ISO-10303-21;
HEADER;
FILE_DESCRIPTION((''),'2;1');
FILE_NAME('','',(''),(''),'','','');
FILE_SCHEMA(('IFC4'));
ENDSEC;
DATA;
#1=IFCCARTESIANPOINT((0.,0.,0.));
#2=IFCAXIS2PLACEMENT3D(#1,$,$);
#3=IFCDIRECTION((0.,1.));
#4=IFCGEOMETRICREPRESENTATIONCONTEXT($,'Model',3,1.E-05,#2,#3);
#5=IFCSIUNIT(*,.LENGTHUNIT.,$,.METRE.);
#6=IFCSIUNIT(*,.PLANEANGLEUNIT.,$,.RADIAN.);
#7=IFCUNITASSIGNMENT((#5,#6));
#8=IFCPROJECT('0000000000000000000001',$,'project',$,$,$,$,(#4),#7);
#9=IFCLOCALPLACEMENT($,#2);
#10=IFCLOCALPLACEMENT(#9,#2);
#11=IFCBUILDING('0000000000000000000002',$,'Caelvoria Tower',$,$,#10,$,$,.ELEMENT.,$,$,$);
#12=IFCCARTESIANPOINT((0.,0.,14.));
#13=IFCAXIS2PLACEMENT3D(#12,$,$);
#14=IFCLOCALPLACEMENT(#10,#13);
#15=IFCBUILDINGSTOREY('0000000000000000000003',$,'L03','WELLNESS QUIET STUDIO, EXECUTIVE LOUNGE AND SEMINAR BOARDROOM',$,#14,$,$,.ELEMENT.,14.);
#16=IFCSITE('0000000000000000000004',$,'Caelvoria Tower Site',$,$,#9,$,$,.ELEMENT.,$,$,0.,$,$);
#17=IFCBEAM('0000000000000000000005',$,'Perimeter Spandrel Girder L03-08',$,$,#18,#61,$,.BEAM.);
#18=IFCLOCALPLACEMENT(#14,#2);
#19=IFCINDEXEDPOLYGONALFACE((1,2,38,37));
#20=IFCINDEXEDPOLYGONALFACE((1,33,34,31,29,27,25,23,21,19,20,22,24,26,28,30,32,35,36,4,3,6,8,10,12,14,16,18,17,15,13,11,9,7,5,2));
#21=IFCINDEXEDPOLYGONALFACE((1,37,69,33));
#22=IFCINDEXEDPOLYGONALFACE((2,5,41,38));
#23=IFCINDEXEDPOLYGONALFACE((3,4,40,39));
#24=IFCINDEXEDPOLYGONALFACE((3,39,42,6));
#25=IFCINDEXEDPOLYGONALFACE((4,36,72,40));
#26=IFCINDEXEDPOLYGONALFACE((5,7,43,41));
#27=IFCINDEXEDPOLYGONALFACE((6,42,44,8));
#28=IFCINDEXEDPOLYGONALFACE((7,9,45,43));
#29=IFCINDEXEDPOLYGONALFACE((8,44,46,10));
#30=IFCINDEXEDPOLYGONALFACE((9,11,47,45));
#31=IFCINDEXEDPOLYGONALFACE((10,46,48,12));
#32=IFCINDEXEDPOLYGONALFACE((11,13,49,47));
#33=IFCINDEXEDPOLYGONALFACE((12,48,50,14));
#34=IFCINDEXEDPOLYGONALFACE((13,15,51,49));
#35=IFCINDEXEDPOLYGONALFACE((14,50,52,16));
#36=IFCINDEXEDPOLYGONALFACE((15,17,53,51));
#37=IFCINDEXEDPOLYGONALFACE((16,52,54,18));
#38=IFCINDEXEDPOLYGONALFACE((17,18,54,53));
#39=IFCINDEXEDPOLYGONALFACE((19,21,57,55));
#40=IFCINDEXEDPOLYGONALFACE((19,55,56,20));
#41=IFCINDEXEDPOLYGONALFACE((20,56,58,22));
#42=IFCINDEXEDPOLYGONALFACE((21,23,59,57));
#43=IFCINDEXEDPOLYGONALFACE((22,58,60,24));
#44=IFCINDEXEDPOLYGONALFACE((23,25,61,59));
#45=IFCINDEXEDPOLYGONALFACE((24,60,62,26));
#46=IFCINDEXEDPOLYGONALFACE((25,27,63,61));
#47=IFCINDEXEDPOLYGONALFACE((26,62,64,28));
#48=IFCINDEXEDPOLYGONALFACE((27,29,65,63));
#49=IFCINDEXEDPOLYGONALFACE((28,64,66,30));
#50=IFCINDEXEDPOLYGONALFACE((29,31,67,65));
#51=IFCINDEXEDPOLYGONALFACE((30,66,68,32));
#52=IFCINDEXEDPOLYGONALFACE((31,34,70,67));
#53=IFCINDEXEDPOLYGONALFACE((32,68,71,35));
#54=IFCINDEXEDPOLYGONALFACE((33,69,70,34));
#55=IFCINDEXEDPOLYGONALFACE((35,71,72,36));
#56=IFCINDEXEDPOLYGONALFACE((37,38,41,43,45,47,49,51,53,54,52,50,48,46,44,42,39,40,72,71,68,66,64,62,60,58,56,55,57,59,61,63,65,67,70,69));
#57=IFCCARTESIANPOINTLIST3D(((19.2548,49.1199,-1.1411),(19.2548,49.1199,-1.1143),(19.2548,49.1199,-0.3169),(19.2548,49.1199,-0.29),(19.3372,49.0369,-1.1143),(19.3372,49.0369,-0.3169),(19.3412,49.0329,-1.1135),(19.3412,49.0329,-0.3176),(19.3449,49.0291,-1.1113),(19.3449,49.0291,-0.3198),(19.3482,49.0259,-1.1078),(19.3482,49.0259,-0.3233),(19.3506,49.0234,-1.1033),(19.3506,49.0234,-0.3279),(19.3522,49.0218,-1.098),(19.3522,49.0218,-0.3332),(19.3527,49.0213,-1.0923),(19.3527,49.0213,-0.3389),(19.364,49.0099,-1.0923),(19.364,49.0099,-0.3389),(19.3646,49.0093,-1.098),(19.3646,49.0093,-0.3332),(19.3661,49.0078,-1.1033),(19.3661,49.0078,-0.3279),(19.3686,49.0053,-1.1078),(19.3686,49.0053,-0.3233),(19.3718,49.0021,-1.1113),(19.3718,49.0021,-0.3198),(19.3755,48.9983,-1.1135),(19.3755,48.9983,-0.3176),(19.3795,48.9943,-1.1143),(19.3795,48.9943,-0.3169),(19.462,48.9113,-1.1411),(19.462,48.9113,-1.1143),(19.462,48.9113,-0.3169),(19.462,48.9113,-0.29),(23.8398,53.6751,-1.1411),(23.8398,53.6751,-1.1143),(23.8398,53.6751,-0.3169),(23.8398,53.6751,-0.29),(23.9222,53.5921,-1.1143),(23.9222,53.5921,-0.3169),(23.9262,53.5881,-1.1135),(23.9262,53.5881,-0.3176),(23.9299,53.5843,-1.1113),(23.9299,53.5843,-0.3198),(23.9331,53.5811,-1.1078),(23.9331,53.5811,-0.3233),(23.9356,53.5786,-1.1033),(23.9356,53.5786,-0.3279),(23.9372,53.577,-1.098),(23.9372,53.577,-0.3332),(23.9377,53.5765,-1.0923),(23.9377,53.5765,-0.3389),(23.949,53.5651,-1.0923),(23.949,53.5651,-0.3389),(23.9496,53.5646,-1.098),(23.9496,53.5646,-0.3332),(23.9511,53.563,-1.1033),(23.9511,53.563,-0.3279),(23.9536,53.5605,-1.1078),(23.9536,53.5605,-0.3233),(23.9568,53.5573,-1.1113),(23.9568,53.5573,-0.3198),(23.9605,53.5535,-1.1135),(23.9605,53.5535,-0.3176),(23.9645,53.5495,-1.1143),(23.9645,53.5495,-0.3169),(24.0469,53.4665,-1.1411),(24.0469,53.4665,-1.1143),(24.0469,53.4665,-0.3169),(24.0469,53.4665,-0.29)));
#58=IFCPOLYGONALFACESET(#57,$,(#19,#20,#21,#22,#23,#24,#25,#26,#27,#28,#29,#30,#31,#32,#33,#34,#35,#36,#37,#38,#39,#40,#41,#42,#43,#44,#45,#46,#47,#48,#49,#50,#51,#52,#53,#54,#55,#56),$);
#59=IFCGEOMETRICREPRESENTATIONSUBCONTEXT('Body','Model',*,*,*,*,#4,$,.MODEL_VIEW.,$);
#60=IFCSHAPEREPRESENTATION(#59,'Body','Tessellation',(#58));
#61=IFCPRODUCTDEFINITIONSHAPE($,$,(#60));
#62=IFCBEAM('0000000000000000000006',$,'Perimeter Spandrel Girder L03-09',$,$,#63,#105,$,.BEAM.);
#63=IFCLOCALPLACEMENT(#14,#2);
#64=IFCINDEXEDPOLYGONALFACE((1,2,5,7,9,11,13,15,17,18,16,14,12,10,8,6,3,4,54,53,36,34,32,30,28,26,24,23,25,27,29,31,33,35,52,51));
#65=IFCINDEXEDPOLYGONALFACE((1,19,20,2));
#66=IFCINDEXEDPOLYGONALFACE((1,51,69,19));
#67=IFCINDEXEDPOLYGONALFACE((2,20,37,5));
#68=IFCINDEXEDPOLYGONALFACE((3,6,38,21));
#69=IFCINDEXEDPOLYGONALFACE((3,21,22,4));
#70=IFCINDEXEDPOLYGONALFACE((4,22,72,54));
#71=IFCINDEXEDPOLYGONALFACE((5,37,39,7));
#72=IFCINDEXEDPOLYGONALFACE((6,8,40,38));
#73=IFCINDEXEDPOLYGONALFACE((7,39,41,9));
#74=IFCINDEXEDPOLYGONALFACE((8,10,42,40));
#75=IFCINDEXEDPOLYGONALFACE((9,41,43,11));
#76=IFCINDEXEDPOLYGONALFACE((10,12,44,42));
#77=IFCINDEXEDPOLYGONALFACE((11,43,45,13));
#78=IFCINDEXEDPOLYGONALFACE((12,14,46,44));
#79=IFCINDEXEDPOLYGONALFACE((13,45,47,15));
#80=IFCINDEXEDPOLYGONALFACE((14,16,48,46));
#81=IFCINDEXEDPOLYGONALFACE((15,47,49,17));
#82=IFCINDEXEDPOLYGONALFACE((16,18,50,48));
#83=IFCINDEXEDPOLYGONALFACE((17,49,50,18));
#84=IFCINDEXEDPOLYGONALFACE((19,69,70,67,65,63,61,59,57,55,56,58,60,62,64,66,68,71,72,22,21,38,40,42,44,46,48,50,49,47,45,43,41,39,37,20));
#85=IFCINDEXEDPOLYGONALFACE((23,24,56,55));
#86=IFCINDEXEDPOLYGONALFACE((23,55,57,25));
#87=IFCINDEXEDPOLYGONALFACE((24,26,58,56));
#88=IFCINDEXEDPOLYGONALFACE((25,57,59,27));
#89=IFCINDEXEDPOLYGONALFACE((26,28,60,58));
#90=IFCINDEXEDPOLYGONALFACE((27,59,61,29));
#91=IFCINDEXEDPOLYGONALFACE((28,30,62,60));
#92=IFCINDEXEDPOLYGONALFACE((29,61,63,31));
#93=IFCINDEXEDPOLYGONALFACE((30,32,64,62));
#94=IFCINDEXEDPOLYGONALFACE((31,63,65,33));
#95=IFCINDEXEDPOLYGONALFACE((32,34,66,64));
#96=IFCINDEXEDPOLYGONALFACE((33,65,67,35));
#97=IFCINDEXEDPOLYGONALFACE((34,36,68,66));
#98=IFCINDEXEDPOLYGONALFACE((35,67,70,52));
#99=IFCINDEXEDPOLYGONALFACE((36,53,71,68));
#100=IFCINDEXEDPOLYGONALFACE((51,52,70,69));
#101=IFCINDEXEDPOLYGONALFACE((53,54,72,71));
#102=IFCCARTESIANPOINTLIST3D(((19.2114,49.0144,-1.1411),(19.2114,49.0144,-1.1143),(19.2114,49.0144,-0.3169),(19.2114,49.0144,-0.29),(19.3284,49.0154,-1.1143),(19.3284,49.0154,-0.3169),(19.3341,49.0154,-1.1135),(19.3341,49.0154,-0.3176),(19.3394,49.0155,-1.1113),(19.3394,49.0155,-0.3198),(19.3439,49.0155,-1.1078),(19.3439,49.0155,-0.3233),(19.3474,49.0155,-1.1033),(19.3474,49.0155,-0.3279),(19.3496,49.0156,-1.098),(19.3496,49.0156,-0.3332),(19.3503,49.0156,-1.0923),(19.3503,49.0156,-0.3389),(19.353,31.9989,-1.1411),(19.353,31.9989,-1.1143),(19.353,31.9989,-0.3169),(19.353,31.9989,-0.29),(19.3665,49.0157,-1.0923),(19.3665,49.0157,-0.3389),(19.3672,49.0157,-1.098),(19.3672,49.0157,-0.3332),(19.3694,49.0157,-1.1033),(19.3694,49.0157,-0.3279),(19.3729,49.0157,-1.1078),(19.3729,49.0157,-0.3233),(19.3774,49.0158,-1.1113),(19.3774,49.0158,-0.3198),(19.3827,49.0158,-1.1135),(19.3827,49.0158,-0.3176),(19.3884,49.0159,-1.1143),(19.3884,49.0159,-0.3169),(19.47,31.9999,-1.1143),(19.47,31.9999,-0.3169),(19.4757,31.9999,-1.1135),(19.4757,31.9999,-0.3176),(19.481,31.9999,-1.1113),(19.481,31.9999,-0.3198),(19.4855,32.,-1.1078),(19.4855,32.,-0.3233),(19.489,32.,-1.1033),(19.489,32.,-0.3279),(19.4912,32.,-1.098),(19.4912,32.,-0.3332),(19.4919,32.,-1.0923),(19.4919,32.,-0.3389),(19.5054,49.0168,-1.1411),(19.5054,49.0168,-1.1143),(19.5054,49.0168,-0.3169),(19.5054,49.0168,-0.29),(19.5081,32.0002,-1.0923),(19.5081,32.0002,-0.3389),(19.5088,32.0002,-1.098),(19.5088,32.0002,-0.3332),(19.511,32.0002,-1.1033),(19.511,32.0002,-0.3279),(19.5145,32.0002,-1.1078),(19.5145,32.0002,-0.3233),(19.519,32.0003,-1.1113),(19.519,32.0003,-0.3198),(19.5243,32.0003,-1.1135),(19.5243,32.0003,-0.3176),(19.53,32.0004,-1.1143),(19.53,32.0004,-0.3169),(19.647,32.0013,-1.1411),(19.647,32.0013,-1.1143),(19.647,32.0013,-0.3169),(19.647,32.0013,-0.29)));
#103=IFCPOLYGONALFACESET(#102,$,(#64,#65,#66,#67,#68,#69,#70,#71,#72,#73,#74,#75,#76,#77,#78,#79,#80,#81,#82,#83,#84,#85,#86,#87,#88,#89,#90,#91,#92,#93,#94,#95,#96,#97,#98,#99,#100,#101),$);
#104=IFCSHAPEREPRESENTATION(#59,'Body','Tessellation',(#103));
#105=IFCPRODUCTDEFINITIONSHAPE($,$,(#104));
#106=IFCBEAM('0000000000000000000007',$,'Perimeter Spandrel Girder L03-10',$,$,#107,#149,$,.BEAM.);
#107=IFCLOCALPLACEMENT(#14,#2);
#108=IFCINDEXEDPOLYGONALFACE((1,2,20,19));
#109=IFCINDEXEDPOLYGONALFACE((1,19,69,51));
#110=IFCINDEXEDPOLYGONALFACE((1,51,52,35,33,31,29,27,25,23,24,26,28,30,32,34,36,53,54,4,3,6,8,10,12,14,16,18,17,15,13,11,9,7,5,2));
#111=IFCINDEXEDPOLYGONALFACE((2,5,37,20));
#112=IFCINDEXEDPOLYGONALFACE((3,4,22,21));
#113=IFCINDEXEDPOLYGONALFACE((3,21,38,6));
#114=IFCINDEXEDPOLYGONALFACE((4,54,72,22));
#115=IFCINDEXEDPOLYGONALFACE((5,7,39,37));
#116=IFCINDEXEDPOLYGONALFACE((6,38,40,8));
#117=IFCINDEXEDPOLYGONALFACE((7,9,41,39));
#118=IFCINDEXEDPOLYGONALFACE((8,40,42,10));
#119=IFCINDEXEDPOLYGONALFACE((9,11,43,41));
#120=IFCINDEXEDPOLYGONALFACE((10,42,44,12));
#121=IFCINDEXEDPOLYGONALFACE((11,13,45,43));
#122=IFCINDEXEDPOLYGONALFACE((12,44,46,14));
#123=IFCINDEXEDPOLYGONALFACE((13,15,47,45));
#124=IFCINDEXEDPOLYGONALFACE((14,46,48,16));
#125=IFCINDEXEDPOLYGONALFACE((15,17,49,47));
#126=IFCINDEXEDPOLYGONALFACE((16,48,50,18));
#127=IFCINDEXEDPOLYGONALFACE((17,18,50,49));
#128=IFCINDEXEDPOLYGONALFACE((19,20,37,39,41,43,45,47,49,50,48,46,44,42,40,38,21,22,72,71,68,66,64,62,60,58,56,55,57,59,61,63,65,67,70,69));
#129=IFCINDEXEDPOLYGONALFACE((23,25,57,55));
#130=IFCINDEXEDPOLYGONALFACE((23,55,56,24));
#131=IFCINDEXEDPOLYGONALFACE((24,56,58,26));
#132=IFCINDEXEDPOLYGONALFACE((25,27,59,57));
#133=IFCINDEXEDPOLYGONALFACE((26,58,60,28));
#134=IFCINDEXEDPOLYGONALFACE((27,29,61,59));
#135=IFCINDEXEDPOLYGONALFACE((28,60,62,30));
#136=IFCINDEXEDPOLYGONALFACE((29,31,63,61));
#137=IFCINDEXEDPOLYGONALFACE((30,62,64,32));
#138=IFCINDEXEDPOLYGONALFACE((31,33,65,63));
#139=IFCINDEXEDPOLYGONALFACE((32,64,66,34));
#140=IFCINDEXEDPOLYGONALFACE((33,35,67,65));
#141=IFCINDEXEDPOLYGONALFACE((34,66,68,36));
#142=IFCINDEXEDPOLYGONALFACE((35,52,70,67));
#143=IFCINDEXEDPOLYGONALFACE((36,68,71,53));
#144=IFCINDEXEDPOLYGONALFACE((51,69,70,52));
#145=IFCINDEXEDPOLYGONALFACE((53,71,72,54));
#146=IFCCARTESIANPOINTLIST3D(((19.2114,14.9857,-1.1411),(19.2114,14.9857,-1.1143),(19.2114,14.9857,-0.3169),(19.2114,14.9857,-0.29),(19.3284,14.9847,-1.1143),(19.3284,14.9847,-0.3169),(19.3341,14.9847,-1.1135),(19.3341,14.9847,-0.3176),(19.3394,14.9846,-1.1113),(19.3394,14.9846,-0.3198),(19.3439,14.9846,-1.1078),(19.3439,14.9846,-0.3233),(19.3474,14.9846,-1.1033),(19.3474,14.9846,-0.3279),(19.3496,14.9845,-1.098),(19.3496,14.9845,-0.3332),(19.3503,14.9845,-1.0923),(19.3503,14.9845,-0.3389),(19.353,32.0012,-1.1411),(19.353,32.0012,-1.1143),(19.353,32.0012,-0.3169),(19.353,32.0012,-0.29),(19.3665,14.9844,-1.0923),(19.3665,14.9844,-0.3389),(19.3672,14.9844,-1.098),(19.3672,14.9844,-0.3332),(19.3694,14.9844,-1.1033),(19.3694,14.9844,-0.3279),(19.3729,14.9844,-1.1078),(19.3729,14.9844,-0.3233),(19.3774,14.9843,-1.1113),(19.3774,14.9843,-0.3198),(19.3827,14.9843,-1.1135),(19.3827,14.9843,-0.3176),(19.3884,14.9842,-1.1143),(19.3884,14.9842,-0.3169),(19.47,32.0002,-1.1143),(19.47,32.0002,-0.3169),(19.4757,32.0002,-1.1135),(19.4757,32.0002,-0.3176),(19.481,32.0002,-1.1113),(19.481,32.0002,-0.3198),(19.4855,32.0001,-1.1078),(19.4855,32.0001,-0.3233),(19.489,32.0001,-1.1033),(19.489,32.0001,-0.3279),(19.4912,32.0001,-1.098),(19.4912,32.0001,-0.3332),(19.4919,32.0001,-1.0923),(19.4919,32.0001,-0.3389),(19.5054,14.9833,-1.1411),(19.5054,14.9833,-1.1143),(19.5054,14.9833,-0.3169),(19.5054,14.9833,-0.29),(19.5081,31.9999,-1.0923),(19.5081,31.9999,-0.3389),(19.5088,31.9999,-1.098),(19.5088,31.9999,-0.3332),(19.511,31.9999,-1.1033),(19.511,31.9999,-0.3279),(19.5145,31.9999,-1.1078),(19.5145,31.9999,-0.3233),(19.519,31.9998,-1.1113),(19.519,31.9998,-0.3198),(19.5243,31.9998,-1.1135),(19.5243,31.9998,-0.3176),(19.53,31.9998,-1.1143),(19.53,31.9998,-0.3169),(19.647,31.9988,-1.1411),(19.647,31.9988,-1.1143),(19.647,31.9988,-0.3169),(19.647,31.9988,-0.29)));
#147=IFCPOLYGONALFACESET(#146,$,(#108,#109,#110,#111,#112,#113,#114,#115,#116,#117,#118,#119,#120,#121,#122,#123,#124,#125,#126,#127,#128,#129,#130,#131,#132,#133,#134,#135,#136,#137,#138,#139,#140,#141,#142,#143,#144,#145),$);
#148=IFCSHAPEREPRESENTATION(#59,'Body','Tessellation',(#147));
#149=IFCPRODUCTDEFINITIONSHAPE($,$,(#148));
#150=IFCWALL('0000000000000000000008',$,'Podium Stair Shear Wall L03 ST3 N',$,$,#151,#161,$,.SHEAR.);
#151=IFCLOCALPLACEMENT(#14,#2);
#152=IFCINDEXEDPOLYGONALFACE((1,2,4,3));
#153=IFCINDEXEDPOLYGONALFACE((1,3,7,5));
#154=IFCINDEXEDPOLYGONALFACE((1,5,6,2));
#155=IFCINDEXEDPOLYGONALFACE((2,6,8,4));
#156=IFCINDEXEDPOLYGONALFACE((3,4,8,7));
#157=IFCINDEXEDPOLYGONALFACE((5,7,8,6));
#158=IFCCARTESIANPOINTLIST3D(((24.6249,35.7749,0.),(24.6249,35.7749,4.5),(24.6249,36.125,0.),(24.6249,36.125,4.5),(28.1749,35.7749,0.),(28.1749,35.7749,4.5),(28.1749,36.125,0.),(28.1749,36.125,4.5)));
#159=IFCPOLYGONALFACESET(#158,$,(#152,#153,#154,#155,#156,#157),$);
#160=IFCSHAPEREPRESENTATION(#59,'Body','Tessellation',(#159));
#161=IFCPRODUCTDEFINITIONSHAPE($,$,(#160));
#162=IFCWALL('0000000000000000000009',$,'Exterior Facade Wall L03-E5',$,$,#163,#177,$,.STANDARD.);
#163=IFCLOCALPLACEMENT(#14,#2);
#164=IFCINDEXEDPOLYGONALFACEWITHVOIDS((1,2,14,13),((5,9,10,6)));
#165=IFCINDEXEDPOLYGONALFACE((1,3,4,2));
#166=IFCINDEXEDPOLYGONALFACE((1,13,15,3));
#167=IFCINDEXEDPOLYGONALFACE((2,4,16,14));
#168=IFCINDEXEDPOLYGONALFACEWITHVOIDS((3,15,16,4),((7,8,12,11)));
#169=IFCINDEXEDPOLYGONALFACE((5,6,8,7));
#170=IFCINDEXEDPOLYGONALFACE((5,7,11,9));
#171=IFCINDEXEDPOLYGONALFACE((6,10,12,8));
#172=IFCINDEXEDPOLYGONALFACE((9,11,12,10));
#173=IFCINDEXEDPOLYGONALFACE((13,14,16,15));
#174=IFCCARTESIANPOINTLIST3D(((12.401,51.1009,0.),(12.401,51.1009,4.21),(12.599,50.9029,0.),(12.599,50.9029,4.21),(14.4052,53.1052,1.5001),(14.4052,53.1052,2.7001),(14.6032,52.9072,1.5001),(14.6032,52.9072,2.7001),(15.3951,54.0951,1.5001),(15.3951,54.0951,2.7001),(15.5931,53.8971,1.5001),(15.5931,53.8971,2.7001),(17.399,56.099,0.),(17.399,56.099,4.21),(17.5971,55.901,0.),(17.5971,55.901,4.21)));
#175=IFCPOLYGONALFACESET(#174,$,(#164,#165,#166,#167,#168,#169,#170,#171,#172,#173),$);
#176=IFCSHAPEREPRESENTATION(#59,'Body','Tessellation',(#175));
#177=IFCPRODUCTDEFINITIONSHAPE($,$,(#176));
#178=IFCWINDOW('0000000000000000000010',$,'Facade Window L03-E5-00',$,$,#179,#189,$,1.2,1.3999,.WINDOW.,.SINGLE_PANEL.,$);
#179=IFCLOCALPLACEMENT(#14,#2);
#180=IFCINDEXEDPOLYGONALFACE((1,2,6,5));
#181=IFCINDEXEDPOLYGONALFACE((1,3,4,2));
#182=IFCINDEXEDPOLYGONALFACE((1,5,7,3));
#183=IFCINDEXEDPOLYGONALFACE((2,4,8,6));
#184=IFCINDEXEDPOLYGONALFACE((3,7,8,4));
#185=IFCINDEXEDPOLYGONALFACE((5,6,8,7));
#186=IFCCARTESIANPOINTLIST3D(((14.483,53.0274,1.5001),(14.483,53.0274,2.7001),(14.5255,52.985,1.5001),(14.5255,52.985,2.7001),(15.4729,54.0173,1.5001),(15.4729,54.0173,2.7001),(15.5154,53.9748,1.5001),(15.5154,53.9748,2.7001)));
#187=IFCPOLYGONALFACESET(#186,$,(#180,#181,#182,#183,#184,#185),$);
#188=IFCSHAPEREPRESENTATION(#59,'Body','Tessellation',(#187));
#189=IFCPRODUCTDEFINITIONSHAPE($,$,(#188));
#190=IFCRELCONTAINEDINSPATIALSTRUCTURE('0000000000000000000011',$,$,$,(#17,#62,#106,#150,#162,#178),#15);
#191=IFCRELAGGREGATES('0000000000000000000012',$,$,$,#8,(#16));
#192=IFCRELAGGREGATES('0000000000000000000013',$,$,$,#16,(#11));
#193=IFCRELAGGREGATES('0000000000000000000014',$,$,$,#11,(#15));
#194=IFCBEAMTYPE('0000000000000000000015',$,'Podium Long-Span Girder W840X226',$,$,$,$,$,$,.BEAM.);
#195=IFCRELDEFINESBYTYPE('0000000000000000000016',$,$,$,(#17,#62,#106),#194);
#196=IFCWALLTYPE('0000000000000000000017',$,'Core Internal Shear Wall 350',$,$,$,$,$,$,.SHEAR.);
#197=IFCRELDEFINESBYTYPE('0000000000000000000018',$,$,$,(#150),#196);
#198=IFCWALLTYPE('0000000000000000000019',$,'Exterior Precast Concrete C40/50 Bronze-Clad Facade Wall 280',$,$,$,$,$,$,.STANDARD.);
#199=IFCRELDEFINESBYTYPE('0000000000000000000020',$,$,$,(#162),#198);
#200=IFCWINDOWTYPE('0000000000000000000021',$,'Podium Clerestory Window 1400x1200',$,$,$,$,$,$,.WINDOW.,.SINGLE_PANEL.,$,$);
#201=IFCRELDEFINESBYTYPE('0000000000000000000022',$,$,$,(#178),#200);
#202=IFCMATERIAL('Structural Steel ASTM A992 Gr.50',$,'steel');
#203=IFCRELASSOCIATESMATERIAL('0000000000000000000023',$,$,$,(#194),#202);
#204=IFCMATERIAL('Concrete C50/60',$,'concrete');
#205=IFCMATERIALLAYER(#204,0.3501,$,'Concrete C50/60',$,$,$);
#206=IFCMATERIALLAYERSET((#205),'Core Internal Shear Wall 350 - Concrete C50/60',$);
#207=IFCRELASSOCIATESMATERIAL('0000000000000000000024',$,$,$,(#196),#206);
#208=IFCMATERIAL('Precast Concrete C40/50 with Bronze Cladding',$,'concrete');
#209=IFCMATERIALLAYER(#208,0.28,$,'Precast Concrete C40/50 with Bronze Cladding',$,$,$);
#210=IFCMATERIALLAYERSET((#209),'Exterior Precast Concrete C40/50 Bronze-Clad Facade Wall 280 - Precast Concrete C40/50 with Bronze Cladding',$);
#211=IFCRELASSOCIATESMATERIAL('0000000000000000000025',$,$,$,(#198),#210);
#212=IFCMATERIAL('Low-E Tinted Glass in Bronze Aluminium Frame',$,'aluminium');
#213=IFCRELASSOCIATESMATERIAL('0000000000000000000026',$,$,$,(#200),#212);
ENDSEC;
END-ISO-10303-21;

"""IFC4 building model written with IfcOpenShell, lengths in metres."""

from ifc_helpers import new_model, si_unit, direction, frame, frame_2d, origin, origin_2d, place, context, subcontext, project, spatial, rectangle, i_section, extrude, material, layer, layer_set, material_profile, profile_set, type_object, element, fill, save


model = new_model("IFC4")

# Units and contexts
model_context = context("Model", 3, precision=1e-05, world=origin(), true_north=direction((0.0, 1.0)))
body_context = subcontext(model_context, "Body", "Model", "MODEL_VIEW")
ifc_project = project(units=[si_unit("LENGTHUNIT", "METRE"), si_unit("PLANEANGLEUNIT", "RADIAN")], contexts=[model_context])

# Site, building, storey
site_placement = place(None, origin())
site = spatial("IfcSite", under=ifc_project, at=site_placement, Name="Caelvoria Tower Site", CompositionType="ELEMENT", RefElevation=0.0)
building_placement = place(site_placement, origin())
building = spatial("IfcBuilding", under=site, at=building_placement, Name="Caelvoria Tower", CompositionType="ELEMENT")
storey_placement = place(building_placement, frame((0.0, 0.0, 14.0)))
storey = spatial("IfcBuildingStorey", under=building, at=storey_placement, Name="L03", Description="WELLNESS QUIET STUDIO, EXECUTIVE LOUNGE AND SEMINAR BOARDROOM", CompositionType="ELEMENT", Elevation=14.0)

# Beams
ifc_material_1 = material(Name="Structural Steel ASTM A992 Gr.50", Category="steel")
ifc_material_profile_1 = material_profile(ifc_material_1, i_section(OverallWidth=0.2939, OverallDepth=0.8511, WebThickness=0.0161, FlangeThickness=0.0269, FilletRadius=0.022, at=origin_2d()), Name="Structural Steel ASTM A992 Gr.50")
ifc_profile_set_1 = profile_set([ifc_material_profile_1], Name="W840X226 - Structural Steel ASTM A992 Gr.50")
beam_type_1 = type_object("IfcBeamType", Name="Podium Long-Span Girder W840X226", PredefinedType="BEAM", material=ifc_profile_set_1)
beam_placement = place(storey_placement, frame((23.9434, 53.5708, -0.7156), z_axis=(-0.709407, -0.704799, 0.0), x_axis=(0.704799, -0.709407, 0.0)))
element("IfcBeam", 1, at=beam_placement, inside=storey, type_object=beam_type_1, Name="Perimeter Spandrel Girder L03-08", PredefinedType="BEAM", context=body_context, shape_type="SweptSolid", body=[
    extrude(i_section(OverallWidth=0.2939, OverallDepth=0.8511, WebThickness=0.0161, FlangeThickness=0.0269, FilletRadius=0.022, at=origin_2d()), origin(), (0.0, 0.0, 1.0), 6.4631),
])
for number, where, z_axis, x_axis, name in (
    (2, (19.3584, 49.0156, -0.7156), (0.008322, -0.999965, 0.0), (0.999965, 0.008322, 0.0), "Perimeter Spandrel Girder L03-09"),
    (3, (19.5, 32.0, -0.7156), (-0.008322, -0.999965, 0.0), (0.999965, -0.008322, 0.0), "Perimeter Spandrel Girder L03-10"),
):
    element("IfcBeam", number, at=place(storey_placement, frame(where, z_axis=z_axis, x_axis=x_axis)), inside=storey, type_object=beam_type_1, Name=name, PredefinedType="BEAM", context=body_context, shape_type="SweptSolid", body=[
        extrude(i_section(OverallWidth=0.2939, OverallDepth=0.8511, WebThickness=0.0161, FlangeThickness=0.0269, FilletRadius=0.022, at=origin_2d()), origin(), (0.0, 0.0, 1.0), 17.0161),
    ])

# Wall
ifc_material_2 = material(Name="Concrete C50/60", Category="concrete")
ifc_layer_1 = layer(ifc_material_2, 0.3501, Name="Concrete C50/60")
ifc_layer_set_1 = layer_set([ifc_layer_1], Name="Core Internal Shear Wall 350 - Concrete C50/60")
wall_type_1 = type_object("IfcWallType", Name="Core Internal Shear Wall 350", PredefinedType="SHEAR", material=ifc_layer_set_1)
wall_1_placement = place(storey_placement, frame((24.625, 35.95, 0.0), z_axis=(0.0, 0.0, 1.0), x_axis=(1.0, 0.0, 0.0)))
element("IfcWall", 4, at=wall_1_placement, inside=storey, type_object=wall_type_1, Name="Podium Stair Shear Wall L03 ST3 N", PredefinedType="SHEAR", context=body_context, shape_type="SweptSolid", body=[
    extrude(rectangle(XDim=3.55, YDim=0.3501, at=frame_2d((1.7749, 0.0))), origin(), (0.0, 0.0, 1.0), 4.5),
])

# Wall, opening, window
ifc_material_3 = material(Name="Precast Concrete C40/50 with Bronze Cladding", Category="concrete")
ifc_layer_2 = layer(ifc_material_3, 0.28, Name="Precast Concrete C40/50 with Bronze Cladding")
ifc_layer_set_2 = layer_set([ifc_layer_2], Name="Exterior Precast Concrete C40/50 Bronze-Clad Facade Wall 280 - Precast Concrete C40/50 with Bronze Cladding")
wall_type_2 = type_object("IfcWallType", Name="Exterior Precast Concrete C40/50 Bronze-Clad Facade Wall 280", PredefinedType="STANDARD", material=ifc_layer_set_2)
wall_2_placement = place(storey_placement, frame((17.498, 56.0, 0.0), z_axis=(0.0, 0.0, 1.0), x_axis=(-0.707107, -0.707107, 0.0)))
wall_2 = element("IfcWall", 5, at=wall_2_placement, inside=storey, type_object=wall_type_2, Name="Exterior Facade Wall L03-E5", PredefinedType="STANDARD", context=body_context, shape_type="SweptSolid", body=[
    extrude(rectangle(XDim=7.0684, YDim=0.28, at=frame_2d((3.5342, 0.0))), origin(), (0.0, 0.0, 1.0), 4.21),
])
opening_1_placement = place(wall_2_placement, frame((2.834, 0.0, 1.5)))
opening_1 = element("IfcOpeningElement", 6, at=opening_1_placement, cuts=wall_2, PredefinedType="OPENING", context=body_context, shape_type="SweptSolid", body=[
    extrude(rectangle(XDim=1.3999, YDim=1.2, at=frame_2d((0.7, 0.6001))), frame((0.0, 0.1499, 0.0), z_axis=(0.0, -1.0, 0.0), x_axis=(1.0, 0.0, 0.0)), (0.0, 0.0, 1.0), 0.3),
])
ifc_material_4 = material(Name="Low-E Tinted Glass in Bronze Aluminium Frame", Category="aluminium")
window_type_1 = type_object("IfcWindowType", Name="Podium Clerestory Window 1400x1200", PartitioningType="SINGLE_PANEL", PredefinedType="WINDOW", material=ifc_material_4)
window_1_placement = place(opening_1_placement, origin())
window_1 = element("IfcWindow", 7, at=window_1_placement, inside=storey, type_object=window_type_1, Name="Facade Window L03-E5-00", OverallHeight=1.2, OverallWidth=1.3999, PartitioningType="SINGLE_PANEL", PredefinedType="WINDOW", context=body_context, shape_type="SweptSolid", body=[
    extrude(rectangle(XDim=1.3999, YDim=1.2, at=frame_2d((0.7, 0.6001))), frame((0.0, 0.03, 0.0), z_axis=(0.0, -1.0, 0.0), x_axis=(1.0, 0.0, 0.0)), (0.0, 0.0, 1.0), 0.0601),
])
fill(opening_1, window_1)

save(model, "model.ifc")
